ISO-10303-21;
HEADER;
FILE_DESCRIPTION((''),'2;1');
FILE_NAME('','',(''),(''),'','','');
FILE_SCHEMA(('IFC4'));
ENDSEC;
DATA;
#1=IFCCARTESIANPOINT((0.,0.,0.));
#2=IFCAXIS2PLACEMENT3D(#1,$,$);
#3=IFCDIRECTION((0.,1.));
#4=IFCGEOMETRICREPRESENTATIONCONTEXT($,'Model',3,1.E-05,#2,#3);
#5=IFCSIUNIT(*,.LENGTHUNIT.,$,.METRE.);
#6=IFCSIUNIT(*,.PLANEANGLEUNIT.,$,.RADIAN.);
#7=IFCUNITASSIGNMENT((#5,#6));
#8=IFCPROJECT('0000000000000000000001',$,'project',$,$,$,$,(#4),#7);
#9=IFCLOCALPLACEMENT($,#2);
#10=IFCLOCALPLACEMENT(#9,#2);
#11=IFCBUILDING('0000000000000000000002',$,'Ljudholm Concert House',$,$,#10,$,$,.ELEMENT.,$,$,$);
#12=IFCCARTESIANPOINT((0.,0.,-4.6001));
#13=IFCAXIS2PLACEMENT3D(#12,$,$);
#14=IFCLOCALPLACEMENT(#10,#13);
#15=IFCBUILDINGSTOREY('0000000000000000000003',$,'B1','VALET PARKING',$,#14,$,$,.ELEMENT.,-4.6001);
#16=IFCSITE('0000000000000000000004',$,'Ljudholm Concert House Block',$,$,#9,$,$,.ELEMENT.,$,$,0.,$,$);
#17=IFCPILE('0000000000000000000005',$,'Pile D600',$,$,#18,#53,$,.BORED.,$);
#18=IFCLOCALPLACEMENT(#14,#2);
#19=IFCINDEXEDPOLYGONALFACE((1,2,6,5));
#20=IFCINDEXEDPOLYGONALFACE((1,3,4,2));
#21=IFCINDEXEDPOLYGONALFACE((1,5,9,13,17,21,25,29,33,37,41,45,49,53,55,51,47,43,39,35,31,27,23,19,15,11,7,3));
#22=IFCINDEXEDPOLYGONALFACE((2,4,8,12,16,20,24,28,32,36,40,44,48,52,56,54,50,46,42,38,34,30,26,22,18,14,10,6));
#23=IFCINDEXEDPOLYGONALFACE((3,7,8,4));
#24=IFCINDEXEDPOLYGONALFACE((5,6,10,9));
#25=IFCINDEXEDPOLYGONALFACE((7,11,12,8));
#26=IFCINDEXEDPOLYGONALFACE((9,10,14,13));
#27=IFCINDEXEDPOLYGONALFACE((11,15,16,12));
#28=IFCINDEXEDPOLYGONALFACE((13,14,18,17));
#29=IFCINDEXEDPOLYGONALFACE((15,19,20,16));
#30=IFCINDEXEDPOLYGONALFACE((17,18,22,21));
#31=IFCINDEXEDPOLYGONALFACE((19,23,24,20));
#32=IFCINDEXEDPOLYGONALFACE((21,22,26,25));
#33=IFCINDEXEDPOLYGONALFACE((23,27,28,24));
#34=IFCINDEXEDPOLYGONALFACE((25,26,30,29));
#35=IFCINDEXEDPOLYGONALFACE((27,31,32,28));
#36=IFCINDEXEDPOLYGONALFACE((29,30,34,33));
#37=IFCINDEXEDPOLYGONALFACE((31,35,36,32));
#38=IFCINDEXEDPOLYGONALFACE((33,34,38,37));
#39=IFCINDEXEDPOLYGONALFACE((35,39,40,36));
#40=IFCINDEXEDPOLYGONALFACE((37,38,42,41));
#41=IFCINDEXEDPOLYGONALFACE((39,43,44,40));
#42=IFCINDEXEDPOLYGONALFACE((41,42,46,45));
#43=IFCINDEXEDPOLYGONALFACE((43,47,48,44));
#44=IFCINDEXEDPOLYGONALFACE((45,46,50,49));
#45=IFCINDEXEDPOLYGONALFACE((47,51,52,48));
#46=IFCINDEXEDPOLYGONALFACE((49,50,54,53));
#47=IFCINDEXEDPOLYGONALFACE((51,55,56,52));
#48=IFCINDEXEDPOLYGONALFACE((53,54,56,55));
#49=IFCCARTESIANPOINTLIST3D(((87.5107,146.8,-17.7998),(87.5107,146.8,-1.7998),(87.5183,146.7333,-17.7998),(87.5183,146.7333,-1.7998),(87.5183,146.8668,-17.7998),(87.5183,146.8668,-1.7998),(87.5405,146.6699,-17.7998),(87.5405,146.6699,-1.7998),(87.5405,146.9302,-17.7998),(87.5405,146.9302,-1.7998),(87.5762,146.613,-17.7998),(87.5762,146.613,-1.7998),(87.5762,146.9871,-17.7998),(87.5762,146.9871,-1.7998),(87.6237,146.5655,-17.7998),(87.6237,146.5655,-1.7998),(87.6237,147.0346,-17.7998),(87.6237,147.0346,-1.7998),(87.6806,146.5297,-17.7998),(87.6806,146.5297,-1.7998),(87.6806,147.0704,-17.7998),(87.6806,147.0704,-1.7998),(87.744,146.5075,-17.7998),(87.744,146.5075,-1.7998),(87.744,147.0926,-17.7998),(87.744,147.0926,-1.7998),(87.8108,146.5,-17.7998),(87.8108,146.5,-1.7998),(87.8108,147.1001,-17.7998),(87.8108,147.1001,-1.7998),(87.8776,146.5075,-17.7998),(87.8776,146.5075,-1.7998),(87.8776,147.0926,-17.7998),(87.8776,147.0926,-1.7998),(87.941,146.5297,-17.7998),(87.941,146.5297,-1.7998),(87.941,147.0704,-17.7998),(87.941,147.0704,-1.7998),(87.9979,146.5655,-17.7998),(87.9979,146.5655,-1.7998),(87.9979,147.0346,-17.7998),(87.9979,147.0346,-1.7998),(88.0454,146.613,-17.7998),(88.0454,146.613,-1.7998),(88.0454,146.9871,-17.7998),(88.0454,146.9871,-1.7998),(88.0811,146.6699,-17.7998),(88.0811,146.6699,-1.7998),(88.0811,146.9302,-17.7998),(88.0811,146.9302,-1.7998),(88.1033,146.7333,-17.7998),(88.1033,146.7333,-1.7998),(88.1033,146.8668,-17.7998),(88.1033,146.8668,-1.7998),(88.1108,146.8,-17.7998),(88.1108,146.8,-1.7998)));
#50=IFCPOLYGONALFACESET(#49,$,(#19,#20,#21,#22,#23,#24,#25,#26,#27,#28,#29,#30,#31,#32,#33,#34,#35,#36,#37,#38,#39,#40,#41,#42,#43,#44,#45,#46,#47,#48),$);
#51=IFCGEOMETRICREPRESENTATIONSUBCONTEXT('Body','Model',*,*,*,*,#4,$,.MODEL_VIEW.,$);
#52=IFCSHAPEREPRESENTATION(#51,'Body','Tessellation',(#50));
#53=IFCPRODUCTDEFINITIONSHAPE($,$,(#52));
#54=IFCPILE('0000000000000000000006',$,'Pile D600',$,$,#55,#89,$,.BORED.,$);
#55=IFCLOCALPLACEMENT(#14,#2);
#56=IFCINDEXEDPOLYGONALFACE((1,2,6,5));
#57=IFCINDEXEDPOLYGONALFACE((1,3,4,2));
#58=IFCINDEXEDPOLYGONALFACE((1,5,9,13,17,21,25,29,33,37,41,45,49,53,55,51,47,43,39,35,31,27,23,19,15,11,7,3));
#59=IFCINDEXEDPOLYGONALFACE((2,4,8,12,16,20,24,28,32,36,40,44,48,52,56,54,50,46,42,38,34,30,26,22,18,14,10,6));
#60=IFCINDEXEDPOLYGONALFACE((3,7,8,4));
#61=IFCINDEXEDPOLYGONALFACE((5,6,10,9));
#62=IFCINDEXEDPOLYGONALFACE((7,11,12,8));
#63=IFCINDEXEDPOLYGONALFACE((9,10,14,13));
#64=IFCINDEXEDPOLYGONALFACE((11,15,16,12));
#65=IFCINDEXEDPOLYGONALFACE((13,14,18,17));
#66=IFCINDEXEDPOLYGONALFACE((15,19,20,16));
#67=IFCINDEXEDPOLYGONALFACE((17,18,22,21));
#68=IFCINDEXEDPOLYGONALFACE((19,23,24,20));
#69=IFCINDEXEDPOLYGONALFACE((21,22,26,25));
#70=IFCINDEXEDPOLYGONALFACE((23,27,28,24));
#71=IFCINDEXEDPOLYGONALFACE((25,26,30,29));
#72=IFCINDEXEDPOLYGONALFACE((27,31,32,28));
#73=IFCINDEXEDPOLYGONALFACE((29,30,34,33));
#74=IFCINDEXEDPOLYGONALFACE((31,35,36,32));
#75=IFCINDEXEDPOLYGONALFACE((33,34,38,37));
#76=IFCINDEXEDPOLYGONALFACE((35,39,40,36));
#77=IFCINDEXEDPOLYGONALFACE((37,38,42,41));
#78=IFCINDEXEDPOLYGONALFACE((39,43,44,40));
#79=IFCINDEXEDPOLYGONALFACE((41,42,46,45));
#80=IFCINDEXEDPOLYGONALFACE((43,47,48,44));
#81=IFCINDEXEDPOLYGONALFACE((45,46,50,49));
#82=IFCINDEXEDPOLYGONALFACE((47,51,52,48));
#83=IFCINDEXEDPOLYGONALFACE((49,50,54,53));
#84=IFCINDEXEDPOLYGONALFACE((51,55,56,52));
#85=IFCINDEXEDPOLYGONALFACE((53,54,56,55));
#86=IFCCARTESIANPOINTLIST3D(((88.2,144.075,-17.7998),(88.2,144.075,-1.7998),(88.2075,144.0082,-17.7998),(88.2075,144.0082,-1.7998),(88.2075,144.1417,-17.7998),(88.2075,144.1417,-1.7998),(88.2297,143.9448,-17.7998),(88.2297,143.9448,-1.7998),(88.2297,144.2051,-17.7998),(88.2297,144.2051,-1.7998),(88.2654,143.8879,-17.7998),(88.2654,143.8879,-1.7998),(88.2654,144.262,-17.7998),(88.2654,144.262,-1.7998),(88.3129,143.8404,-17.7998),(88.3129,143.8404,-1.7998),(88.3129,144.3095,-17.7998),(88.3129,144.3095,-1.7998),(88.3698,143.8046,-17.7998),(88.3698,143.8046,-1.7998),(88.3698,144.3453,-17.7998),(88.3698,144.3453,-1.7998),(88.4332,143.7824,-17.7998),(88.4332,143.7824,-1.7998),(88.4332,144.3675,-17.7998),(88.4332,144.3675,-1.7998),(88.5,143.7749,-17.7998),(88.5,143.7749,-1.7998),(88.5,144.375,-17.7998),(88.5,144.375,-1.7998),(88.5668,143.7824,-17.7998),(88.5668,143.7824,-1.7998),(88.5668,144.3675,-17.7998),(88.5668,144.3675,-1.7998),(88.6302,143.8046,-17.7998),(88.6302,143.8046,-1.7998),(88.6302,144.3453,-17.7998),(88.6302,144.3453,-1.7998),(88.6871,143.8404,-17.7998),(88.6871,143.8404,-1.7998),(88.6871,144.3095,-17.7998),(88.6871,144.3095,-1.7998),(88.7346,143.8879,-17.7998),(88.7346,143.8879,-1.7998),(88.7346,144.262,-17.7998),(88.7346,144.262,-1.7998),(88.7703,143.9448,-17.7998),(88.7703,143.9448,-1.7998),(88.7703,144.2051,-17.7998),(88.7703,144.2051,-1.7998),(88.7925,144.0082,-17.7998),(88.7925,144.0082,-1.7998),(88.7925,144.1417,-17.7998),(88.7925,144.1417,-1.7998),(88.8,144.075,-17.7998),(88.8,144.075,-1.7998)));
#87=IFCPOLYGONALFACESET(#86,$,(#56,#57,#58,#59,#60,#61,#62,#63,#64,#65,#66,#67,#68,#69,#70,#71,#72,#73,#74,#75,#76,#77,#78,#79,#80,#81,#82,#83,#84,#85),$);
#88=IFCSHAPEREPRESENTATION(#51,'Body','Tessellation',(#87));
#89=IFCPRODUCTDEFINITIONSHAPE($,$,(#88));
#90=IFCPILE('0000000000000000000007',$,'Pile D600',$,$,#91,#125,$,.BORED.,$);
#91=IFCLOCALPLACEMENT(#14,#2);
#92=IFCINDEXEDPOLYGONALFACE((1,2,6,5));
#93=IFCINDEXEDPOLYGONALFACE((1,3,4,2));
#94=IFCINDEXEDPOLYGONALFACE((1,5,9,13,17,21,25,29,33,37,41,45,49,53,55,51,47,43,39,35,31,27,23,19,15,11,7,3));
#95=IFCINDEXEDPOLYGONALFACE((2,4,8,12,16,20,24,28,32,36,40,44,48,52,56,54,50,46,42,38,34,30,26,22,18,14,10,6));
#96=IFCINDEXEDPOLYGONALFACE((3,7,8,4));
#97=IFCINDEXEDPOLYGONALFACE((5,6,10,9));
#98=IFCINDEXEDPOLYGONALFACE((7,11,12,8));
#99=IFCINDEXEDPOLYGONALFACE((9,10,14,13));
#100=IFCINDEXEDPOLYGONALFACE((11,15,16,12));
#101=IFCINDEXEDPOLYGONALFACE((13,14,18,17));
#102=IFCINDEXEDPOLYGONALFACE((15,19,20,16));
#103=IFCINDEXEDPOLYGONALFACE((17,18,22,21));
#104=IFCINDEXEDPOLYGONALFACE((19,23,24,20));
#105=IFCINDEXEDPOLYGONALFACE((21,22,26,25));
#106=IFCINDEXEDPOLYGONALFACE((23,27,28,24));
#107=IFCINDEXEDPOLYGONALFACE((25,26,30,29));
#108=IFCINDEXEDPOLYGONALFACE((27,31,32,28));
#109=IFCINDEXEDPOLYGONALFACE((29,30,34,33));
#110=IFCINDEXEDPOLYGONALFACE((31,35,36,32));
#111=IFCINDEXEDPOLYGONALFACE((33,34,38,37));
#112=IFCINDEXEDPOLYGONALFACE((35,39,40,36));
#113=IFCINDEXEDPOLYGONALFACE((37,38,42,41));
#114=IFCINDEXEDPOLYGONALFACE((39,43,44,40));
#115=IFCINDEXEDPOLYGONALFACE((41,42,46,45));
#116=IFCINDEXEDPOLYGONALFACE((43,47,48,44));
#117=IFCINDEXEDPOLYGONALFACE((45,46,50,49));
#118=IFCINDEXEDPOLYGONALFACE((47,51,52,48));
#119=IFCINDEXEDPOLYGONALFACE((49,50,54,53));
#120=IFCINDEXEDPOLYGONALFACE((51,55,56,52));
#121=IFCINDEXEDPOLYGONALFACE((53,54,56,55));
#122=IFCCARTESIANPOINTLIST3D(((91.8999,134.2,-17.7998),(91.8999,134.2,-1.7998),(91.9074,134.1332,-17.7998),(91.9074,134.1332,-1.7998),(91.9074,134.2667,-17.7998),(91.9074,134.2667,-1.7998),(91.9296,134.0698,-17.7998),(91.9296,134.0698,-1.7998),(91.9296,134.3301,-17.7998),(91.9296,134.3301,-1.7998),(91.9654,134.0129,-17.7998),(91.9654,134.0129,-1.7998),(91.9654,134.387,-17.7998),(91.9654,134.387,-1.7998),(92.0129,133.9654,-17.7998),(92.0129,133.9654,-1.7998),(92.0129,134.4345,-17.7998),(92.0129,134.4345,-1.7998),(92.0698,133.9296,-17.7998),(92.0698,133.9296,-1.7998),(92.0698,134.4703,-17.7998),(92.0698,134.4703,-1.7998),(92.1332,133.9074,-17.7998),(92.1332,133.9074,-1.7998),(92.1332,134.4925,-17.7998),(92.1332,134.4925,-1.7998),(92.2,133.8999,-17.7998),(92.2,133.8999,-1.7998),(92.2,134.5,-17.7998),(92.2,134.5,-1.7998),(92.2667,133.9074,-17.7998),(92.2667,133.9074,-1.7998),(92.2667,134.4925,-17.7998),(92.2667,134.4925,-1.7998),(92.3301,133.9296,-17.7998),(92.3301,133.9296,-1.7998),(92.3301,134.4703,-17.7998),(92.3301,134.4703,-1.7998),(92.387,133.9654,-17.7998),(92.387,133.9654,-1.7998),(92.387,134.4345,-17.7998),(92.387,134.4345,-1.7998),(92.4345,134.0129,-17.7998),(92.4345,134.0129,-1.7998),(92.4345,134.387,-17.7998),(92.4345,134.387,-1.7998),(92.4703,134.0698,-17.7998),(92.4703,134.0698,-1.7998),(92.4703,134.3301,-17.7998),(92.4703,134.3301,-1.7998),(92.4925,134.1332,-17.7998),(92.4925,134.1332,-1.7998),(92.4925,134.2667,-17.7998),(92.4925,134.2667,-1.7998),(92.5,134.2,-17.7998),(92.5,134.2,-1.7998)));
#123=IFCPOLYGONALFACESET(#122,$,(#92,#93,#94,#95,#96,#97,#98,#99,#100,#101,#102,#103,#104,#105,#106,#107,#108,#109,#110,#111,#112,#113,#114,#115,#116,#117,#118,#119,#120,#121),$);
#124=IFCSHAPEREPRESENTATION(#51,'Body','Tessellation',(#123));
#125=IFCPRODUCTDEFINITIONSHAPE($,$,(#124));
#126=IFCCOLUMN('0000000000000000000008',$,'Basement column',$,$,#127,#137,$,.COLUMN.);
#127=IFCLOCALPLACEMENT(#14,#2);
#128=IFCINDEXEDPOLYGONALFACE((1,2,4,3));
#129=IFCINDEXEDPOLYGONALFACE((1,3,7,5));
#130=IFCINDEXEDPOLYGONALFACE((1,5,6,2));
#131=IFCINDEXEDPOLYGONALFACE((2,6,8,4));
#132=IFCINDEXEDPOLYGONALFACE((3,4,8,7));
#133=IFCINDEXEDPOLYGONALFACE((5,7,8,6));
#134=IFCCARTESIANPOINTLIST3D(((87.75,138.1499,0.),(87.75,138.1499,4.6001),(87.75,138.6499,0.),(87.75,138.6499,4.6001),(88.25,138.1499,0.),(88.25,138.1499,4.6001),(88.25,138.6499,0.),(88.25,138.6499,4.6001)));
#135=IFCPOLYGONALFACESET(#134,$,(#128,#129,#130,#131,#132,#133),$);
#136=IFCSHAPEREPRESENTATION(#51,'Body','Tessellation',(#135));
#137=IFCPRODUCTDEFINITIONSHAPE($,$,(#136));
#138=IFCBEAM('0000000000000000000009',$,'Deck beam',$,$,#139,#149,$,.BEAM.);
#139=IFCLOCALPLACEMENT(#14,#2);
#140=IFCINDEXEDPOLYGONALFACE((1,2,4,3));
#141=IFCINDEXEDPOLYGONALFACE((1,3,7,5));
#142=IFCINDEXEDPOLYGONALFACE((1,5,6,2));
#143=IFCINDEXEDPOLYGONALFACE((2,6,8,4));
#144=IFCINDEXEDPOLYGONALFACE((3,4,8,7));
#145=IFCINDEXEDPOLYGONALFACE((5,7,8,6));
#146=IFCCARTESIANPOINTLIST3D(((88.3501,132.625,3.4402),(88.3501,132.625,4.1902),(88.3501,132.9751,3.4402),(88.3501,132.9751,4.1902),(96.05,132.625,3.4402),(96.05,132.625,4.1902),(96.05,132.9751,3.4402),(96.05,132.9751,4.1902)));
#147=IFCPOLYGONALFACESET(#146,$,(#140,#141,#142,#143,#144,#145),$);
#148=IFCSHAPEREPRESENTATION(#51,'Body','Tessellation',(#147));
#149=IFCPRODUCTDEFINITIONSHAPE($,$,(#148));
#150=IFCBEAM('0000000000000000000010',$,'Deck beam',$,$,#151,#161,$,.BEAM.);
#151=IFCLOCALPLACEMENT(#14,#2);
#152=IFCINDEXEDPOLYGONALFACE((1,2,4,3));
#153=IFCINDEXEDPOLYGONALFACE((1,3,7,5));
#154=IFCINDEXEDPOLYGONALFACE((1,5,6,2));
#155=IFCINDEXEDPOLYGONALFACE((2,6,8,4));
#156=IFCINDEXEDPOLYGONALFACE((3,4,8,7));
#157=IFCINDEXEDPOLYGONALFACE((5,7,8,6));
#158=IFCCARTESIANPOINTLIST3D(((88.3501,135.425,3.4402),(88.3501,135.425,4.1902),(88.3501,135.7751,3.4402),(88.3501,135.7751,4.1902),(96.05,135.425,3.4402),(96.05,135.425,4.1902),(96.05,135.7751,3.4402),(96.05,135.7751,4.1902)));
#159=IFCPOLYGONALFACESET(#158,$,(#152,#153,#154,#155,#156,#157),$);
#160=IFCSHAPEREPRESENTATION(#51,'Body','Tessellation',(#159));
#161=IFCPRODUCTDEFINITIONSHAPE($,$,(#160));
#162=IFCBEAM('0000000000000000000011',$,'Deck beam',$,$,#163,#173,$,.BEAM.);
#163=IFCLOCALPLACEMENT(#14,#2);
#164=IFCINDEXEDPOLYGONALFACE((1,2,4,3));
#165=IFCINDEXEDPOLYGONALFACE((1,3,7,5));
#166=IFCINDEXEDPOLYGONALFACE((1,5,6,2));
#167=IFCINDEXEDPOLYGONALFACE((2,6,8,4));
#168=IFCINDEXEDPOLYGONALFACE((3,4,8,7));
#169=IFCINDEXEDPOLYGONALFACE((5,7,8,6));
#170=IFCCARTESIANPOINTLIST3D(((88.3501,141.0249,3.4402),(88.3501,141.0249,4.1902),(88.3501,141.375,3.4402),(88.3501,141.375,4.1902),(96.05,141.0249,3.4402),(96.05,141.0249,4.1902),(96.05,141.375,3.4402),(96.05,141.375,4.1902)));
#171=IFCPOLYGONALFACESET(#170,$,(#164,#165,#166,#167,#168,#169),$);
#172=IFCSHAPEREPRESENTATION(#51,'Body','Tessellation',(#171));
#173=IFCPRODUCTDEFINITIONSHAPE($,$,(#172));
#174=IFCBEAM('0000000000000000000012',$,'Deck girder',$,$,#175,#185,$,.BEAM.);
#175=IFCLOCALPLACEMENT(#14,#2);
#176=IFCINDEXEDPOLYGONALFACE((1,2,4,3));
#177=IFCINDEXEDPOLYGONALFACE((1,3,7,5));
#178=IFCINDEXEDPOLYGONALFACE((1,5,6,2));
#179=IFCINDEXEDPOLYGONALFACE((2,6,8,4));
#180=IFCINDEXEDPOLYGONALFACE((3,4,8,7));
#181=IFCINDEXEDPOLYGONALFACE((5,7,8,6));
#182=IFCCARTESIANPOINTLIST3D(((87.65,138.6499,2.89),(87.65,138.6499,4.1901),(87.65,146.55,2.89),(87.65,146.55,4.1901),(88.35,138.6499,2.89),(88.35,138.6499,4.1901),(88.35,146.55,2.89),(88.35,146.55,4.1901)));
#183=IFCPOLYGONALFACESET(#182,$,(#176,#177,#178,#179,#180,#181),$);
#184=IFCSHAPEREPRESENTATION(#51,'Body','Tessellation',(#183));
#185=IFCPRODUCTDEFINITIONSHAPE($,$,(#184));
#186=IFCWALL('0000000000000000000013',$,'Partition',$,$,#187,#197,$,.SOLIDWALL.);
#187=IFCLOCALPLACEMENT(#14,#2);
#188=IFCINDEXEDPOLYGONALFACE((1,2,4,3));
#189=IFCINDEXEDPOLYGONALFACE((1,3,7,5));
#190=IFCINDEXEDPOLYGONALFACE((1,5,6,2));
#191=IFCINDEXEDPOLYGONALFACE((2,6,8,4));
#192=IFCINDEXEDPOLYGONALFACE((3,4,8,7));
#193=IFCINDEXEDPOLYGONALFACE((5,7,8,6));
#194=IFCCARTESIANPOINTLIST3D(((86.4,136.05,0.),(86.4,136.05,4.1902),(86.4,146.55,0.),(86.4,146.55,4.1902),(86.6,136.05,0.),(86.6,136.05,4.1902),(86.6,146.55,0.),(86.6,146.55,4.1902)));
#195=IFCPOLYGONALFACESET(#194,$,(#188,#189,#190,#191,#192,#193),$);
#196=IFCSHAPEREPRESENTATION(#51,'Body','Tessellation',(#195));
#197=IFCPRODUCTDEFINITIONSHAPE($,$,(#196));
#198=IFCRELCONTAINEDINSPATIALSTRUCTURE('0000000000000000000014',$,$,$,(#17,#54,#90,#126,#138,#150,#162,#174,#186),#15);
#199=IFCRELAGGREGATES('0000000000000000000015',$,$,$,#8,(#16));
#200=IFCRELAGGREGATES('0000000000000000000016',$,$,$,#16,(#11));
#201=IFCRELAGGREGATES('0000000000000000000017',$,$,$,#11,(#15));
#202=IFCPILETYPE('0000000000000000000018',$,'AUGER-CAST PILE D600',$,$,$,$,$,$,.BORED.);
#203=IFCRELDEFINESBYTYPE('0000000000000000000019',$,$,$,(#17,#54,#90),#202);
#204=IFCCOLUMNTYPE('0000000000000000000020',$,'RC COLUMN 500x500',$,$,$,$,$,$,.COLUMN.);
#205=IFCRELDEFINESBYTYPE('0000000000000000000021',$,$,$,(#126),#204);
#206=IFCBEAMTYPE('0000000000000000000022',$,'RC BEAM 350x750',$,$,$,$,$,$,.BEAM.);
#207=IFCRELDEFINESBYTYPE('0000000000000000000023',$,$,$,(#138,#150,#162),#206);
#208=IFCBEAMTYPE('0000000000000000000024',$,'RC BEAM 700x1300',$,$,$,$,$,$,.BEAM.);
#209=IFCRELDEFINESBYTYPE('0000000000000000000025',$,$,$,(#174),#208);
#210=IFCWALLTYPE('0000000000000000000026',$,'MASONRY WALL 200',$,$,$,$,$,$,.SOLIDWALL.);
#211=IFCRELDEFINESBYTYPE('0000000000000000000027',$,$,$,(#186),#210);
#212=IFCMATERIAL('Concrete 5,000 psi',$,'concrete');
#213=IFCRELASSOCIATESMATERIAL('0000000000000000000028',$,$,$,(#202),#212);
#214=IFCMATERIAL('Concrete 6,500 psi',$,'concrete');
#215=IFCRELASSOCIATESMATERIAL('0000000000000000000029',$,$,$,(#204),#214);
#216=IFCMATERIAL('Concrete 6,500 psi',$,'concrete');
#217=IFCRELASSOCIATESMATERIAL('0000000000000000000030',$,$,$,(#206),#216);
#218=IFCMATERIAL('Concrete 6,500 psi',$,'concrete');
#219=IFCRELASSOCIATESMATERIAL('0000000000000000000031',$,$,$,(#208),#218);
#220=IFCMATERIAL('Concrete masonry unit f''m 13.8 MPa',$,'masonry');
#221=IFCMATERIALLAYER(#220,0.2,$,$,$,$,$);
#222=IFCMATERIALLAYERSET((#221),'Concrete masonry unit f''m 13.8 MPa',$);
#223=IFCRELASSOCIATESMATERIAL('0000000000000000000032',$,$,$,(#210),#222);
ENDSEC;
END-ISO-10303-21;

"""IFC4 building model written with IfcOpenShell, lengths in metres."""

from ifc_helpers import new_model, si_unit, direction, frame, frame_2d, origin, origin_2d, place, context, subcontext, project, spatial, rectangle, circle, extrude, material, layer, layer_set, material_profile, profile_set, type_object, element, save


model = new_model("IFC4")

# Units and contexts
model_context = context("Model", 3, precision=1e-05, world=origin(), true_north=direction((0.0, 1.0)))
body_context = subcontext(model_context, "Body", "Model", "MODEL_VIEW")
ifc_project = project(units=[si_unit("LENGTHUNIT", "METRE"), si_unit("PLANEANGLEUNIT", "RADIAN")], contexts=[model_context])

# Site, building, storey
site_placement = place(None, origin())
site = spatial("IfcSite", under=ifc_project, at=site_placement, Name="Ljudholm Concert House Block", CompositionType="ELEMENT", RefElevation=0.0)
building_placement = place(site_placement, origin())
building = spatial("IfcBuilding", under=site, at=building_placement, Name="Ljudholm Concert House", CompositionType="ELEMENT")
storey_placement = place(building_placement, frame((0.0, 0.0, -4.6001)))
storey = spatial("IfcBuildingStorey", under=building, at=storey_placement, Name="B1", Description="VALET PARKING", CompositionType="ELEMENT", Elevation=-4.6001)

# Piles
ifc_material_1 = material(Name="Concrete 5,000 psi", Category="concrete")
ifc_material_profile_1 = material_profile(ifc_material_1, circle(Radius=0.3, at=origin_2d()), Name="AUGER-CAST PILE D600")
ifc_profile_set_1 = profile_set([ifc_material_profile_1], Name="Concrete 5,000 psi")
pile_type = type_object("IfcPileType", Name="AUGER-CAST PILE D600", PredefinedType="BORED", material=ifc_profile_set_1)
for number, where, z_axis, x_axis, name in (
    (1, (87.8108, 146.8, -1.7998), (0.0, 0.0, -1.0), (1.0, 0.0, 0.0), "Pile D600"),
    (2, (88.5, 144.075, -1.7998), (0.0, 0.0, -1.0), (1.0, 0.0, 0.0), "Pile D600"),
    (3, (92.2, 134.2, -1.7998), (0.0, 0.0, -1.0), (1.0, 0.0, 0.0), "Pile D600"),
):
    element("IfcPile", number, at=place(storey_placement, frame(where, z_axis=z_axis, x_axis=x_axis)), inside=storey, type_object=pile_type, Name=name, PredefinedType="BORED", context=body_context, shape_type="SweptSolid", body=[
        extrude(circle(Radius=0.3, at=origin_2d()), origin(), (0.0, 0.0, 1.0), 16.0),
    ])

# Column
ifc_material_2 = material(Name="Concrete 6,500 psi", Category="concrete")
ifc_material_profile_2 = material_profile(ifc_material_2, rectangle(XDim=0.5, YDim=0.5, at=origin_2d()), Name="RC COLUMN 500x500")
ifc_profile_set_2 = profile_set([ifc_material_profile_2], Name="Concrete 6,500 psi")
column_type = type_object("IfcColumnType", Name="RC COLUMN 500x500", PredefinedType="COLUMN", material=ifc_profile_set_2)
column_placement = place(storey_placement, frame((88.0, 138.3999, 0.0), z_axis=(0.0, 0.0, 1.0), x_axis=(1.0, 0.0, 0.0)))
element("IfcColumn", 4, at=column_placement, inside=storey, type_object=column_type, Name="Basement column", PredefinedType="COLUMN", context=body_context, shape_type="SweptSolid", body=[
    extrude(rectangle(XDim=0.5, YDim=0.5, at=origin_2d()), origin(), (0.0, 0.0, 1.0), 4.6001),
])

# Beams
ifc_material_3 = material(Name="Concrete 6,500 psi", Category="concrete")
ifc_material_profile_3 = material_profile(ifc_material_3, rectangle(XDim=0.3501, YDim=0.75, at=origin_2d()), Name="RC BEAM 350x750")
ifc_profile_set_3 = profile_set([ifc_material_profile_3], Name="Concrete 6,500 psi")
beam_type_1 = type_object("IfcBeamType", Name="RC BEAM 350x750", PredefinedType="BEAM", material=ifc_profile_set_3)
for number, where, z_axis, x_axis, name in (
    (5, (88.3501, 132.8, 3.8152), (1.0, 0.0, 0.0), (0.0, 1.0, 0.0), "Deck beam"),
    (6, (88.3501, 135.6001, 3.8152), (1.0, 0.0, 0.0), (0.0, 1.0, 0.0), "Deck beam"),
    (7, (88.3501, 141.2, 3.8152), (1.0, 0.0, 0.0), (0.0, 1.0, 0.0), "Deck beam"),
):
    element("IfcBeam", number, at=place(storey_placement, frame(where, z_axis=z_axis, x_axis=x_axis)), inside=storey, type_object=beam_type_1, Name=name, PredefinedType="BEAM", context=body_context, shape_type="SweptSolid", body=[
        extrude(rectangle(XDim=0.3501, YDim=0.75, at=origin_2d()), origin(), (0.0, 0.0, 1.0), 7.7),
    ])
ifc_material_4 = material(Name="Concrete 6,500 psi", Category="concrete")
ifc_material_profile_4 = material_profile(ifc_material_4, rectangle(XDim=0.7, YDim=1.3, at=origin_2d()), Name="RC BEAM 700x1300")
ifc_profile_set_4 = profile_set([ifc_material_profile_4], Name="Concrete 6,500 psi")
beam_type_2 = type_object("IfcBeamType", Name="RC BEAM 700x1300", PredefinedType="BEAM", material=ifc_profile_set_4)
beam_placement = place(storey_placement, frame((88.0, 138.6499, 3.54), z_axis=(0.0, 1.0, 0.0), x_axis=(-1.0, 0.0, 0.0)))
element("IfcBeam", 8, at=beam_placement, inside=storey, type_object=beam_type_2, Name="Deck girder", PredefinedType="BEAM", context=body_context, shape_type="SweptSolid", body=[
    extrude(rectangle(XDim=0.7, YDim=1.3, at=origin_2d()), origin(), (0.0, 0.0, 1.0), 7.9001),
])

# Wall
ifc_material_5 = material(Name="Concrete masonry unit f'm 13.8 MPa", Category="masonry")
ifc_layer_1 = layer(ifc_material_5, 0.2)
ifc_layer_set_1 = layer_set([ifc_layer_1], Name="Concrete masonry unit f'm 13.8 MPa")
wall_type_1 = type_object("IfcWallType", Name="MASONRY WALL 200", PredefinedType="SOLIDWALL", material=ifc_layer_set_1)
wall_1_placement = place(storey_placement, frame((86.5, 136.05, 0.0), z_axis=(0.0, 0.0, 1.0), x_axis=(0.0, 1.0, 0.0)))
element("IfcWall", 9, at=wall_1_placement, inside=storey, type_object=wall_type_1, Name="Partition", PredefinedType="SOLIDWALL", context=body_context, shape_type="SweptSolid", body=[
    extrude(rectangle(XDim=10.5, YDim=0.2, at=frame_2d((5.25, 0.0))), origin(), (0.0, 0.0, 1.0), 4.1902),
])

save(model, "model.ifc")
